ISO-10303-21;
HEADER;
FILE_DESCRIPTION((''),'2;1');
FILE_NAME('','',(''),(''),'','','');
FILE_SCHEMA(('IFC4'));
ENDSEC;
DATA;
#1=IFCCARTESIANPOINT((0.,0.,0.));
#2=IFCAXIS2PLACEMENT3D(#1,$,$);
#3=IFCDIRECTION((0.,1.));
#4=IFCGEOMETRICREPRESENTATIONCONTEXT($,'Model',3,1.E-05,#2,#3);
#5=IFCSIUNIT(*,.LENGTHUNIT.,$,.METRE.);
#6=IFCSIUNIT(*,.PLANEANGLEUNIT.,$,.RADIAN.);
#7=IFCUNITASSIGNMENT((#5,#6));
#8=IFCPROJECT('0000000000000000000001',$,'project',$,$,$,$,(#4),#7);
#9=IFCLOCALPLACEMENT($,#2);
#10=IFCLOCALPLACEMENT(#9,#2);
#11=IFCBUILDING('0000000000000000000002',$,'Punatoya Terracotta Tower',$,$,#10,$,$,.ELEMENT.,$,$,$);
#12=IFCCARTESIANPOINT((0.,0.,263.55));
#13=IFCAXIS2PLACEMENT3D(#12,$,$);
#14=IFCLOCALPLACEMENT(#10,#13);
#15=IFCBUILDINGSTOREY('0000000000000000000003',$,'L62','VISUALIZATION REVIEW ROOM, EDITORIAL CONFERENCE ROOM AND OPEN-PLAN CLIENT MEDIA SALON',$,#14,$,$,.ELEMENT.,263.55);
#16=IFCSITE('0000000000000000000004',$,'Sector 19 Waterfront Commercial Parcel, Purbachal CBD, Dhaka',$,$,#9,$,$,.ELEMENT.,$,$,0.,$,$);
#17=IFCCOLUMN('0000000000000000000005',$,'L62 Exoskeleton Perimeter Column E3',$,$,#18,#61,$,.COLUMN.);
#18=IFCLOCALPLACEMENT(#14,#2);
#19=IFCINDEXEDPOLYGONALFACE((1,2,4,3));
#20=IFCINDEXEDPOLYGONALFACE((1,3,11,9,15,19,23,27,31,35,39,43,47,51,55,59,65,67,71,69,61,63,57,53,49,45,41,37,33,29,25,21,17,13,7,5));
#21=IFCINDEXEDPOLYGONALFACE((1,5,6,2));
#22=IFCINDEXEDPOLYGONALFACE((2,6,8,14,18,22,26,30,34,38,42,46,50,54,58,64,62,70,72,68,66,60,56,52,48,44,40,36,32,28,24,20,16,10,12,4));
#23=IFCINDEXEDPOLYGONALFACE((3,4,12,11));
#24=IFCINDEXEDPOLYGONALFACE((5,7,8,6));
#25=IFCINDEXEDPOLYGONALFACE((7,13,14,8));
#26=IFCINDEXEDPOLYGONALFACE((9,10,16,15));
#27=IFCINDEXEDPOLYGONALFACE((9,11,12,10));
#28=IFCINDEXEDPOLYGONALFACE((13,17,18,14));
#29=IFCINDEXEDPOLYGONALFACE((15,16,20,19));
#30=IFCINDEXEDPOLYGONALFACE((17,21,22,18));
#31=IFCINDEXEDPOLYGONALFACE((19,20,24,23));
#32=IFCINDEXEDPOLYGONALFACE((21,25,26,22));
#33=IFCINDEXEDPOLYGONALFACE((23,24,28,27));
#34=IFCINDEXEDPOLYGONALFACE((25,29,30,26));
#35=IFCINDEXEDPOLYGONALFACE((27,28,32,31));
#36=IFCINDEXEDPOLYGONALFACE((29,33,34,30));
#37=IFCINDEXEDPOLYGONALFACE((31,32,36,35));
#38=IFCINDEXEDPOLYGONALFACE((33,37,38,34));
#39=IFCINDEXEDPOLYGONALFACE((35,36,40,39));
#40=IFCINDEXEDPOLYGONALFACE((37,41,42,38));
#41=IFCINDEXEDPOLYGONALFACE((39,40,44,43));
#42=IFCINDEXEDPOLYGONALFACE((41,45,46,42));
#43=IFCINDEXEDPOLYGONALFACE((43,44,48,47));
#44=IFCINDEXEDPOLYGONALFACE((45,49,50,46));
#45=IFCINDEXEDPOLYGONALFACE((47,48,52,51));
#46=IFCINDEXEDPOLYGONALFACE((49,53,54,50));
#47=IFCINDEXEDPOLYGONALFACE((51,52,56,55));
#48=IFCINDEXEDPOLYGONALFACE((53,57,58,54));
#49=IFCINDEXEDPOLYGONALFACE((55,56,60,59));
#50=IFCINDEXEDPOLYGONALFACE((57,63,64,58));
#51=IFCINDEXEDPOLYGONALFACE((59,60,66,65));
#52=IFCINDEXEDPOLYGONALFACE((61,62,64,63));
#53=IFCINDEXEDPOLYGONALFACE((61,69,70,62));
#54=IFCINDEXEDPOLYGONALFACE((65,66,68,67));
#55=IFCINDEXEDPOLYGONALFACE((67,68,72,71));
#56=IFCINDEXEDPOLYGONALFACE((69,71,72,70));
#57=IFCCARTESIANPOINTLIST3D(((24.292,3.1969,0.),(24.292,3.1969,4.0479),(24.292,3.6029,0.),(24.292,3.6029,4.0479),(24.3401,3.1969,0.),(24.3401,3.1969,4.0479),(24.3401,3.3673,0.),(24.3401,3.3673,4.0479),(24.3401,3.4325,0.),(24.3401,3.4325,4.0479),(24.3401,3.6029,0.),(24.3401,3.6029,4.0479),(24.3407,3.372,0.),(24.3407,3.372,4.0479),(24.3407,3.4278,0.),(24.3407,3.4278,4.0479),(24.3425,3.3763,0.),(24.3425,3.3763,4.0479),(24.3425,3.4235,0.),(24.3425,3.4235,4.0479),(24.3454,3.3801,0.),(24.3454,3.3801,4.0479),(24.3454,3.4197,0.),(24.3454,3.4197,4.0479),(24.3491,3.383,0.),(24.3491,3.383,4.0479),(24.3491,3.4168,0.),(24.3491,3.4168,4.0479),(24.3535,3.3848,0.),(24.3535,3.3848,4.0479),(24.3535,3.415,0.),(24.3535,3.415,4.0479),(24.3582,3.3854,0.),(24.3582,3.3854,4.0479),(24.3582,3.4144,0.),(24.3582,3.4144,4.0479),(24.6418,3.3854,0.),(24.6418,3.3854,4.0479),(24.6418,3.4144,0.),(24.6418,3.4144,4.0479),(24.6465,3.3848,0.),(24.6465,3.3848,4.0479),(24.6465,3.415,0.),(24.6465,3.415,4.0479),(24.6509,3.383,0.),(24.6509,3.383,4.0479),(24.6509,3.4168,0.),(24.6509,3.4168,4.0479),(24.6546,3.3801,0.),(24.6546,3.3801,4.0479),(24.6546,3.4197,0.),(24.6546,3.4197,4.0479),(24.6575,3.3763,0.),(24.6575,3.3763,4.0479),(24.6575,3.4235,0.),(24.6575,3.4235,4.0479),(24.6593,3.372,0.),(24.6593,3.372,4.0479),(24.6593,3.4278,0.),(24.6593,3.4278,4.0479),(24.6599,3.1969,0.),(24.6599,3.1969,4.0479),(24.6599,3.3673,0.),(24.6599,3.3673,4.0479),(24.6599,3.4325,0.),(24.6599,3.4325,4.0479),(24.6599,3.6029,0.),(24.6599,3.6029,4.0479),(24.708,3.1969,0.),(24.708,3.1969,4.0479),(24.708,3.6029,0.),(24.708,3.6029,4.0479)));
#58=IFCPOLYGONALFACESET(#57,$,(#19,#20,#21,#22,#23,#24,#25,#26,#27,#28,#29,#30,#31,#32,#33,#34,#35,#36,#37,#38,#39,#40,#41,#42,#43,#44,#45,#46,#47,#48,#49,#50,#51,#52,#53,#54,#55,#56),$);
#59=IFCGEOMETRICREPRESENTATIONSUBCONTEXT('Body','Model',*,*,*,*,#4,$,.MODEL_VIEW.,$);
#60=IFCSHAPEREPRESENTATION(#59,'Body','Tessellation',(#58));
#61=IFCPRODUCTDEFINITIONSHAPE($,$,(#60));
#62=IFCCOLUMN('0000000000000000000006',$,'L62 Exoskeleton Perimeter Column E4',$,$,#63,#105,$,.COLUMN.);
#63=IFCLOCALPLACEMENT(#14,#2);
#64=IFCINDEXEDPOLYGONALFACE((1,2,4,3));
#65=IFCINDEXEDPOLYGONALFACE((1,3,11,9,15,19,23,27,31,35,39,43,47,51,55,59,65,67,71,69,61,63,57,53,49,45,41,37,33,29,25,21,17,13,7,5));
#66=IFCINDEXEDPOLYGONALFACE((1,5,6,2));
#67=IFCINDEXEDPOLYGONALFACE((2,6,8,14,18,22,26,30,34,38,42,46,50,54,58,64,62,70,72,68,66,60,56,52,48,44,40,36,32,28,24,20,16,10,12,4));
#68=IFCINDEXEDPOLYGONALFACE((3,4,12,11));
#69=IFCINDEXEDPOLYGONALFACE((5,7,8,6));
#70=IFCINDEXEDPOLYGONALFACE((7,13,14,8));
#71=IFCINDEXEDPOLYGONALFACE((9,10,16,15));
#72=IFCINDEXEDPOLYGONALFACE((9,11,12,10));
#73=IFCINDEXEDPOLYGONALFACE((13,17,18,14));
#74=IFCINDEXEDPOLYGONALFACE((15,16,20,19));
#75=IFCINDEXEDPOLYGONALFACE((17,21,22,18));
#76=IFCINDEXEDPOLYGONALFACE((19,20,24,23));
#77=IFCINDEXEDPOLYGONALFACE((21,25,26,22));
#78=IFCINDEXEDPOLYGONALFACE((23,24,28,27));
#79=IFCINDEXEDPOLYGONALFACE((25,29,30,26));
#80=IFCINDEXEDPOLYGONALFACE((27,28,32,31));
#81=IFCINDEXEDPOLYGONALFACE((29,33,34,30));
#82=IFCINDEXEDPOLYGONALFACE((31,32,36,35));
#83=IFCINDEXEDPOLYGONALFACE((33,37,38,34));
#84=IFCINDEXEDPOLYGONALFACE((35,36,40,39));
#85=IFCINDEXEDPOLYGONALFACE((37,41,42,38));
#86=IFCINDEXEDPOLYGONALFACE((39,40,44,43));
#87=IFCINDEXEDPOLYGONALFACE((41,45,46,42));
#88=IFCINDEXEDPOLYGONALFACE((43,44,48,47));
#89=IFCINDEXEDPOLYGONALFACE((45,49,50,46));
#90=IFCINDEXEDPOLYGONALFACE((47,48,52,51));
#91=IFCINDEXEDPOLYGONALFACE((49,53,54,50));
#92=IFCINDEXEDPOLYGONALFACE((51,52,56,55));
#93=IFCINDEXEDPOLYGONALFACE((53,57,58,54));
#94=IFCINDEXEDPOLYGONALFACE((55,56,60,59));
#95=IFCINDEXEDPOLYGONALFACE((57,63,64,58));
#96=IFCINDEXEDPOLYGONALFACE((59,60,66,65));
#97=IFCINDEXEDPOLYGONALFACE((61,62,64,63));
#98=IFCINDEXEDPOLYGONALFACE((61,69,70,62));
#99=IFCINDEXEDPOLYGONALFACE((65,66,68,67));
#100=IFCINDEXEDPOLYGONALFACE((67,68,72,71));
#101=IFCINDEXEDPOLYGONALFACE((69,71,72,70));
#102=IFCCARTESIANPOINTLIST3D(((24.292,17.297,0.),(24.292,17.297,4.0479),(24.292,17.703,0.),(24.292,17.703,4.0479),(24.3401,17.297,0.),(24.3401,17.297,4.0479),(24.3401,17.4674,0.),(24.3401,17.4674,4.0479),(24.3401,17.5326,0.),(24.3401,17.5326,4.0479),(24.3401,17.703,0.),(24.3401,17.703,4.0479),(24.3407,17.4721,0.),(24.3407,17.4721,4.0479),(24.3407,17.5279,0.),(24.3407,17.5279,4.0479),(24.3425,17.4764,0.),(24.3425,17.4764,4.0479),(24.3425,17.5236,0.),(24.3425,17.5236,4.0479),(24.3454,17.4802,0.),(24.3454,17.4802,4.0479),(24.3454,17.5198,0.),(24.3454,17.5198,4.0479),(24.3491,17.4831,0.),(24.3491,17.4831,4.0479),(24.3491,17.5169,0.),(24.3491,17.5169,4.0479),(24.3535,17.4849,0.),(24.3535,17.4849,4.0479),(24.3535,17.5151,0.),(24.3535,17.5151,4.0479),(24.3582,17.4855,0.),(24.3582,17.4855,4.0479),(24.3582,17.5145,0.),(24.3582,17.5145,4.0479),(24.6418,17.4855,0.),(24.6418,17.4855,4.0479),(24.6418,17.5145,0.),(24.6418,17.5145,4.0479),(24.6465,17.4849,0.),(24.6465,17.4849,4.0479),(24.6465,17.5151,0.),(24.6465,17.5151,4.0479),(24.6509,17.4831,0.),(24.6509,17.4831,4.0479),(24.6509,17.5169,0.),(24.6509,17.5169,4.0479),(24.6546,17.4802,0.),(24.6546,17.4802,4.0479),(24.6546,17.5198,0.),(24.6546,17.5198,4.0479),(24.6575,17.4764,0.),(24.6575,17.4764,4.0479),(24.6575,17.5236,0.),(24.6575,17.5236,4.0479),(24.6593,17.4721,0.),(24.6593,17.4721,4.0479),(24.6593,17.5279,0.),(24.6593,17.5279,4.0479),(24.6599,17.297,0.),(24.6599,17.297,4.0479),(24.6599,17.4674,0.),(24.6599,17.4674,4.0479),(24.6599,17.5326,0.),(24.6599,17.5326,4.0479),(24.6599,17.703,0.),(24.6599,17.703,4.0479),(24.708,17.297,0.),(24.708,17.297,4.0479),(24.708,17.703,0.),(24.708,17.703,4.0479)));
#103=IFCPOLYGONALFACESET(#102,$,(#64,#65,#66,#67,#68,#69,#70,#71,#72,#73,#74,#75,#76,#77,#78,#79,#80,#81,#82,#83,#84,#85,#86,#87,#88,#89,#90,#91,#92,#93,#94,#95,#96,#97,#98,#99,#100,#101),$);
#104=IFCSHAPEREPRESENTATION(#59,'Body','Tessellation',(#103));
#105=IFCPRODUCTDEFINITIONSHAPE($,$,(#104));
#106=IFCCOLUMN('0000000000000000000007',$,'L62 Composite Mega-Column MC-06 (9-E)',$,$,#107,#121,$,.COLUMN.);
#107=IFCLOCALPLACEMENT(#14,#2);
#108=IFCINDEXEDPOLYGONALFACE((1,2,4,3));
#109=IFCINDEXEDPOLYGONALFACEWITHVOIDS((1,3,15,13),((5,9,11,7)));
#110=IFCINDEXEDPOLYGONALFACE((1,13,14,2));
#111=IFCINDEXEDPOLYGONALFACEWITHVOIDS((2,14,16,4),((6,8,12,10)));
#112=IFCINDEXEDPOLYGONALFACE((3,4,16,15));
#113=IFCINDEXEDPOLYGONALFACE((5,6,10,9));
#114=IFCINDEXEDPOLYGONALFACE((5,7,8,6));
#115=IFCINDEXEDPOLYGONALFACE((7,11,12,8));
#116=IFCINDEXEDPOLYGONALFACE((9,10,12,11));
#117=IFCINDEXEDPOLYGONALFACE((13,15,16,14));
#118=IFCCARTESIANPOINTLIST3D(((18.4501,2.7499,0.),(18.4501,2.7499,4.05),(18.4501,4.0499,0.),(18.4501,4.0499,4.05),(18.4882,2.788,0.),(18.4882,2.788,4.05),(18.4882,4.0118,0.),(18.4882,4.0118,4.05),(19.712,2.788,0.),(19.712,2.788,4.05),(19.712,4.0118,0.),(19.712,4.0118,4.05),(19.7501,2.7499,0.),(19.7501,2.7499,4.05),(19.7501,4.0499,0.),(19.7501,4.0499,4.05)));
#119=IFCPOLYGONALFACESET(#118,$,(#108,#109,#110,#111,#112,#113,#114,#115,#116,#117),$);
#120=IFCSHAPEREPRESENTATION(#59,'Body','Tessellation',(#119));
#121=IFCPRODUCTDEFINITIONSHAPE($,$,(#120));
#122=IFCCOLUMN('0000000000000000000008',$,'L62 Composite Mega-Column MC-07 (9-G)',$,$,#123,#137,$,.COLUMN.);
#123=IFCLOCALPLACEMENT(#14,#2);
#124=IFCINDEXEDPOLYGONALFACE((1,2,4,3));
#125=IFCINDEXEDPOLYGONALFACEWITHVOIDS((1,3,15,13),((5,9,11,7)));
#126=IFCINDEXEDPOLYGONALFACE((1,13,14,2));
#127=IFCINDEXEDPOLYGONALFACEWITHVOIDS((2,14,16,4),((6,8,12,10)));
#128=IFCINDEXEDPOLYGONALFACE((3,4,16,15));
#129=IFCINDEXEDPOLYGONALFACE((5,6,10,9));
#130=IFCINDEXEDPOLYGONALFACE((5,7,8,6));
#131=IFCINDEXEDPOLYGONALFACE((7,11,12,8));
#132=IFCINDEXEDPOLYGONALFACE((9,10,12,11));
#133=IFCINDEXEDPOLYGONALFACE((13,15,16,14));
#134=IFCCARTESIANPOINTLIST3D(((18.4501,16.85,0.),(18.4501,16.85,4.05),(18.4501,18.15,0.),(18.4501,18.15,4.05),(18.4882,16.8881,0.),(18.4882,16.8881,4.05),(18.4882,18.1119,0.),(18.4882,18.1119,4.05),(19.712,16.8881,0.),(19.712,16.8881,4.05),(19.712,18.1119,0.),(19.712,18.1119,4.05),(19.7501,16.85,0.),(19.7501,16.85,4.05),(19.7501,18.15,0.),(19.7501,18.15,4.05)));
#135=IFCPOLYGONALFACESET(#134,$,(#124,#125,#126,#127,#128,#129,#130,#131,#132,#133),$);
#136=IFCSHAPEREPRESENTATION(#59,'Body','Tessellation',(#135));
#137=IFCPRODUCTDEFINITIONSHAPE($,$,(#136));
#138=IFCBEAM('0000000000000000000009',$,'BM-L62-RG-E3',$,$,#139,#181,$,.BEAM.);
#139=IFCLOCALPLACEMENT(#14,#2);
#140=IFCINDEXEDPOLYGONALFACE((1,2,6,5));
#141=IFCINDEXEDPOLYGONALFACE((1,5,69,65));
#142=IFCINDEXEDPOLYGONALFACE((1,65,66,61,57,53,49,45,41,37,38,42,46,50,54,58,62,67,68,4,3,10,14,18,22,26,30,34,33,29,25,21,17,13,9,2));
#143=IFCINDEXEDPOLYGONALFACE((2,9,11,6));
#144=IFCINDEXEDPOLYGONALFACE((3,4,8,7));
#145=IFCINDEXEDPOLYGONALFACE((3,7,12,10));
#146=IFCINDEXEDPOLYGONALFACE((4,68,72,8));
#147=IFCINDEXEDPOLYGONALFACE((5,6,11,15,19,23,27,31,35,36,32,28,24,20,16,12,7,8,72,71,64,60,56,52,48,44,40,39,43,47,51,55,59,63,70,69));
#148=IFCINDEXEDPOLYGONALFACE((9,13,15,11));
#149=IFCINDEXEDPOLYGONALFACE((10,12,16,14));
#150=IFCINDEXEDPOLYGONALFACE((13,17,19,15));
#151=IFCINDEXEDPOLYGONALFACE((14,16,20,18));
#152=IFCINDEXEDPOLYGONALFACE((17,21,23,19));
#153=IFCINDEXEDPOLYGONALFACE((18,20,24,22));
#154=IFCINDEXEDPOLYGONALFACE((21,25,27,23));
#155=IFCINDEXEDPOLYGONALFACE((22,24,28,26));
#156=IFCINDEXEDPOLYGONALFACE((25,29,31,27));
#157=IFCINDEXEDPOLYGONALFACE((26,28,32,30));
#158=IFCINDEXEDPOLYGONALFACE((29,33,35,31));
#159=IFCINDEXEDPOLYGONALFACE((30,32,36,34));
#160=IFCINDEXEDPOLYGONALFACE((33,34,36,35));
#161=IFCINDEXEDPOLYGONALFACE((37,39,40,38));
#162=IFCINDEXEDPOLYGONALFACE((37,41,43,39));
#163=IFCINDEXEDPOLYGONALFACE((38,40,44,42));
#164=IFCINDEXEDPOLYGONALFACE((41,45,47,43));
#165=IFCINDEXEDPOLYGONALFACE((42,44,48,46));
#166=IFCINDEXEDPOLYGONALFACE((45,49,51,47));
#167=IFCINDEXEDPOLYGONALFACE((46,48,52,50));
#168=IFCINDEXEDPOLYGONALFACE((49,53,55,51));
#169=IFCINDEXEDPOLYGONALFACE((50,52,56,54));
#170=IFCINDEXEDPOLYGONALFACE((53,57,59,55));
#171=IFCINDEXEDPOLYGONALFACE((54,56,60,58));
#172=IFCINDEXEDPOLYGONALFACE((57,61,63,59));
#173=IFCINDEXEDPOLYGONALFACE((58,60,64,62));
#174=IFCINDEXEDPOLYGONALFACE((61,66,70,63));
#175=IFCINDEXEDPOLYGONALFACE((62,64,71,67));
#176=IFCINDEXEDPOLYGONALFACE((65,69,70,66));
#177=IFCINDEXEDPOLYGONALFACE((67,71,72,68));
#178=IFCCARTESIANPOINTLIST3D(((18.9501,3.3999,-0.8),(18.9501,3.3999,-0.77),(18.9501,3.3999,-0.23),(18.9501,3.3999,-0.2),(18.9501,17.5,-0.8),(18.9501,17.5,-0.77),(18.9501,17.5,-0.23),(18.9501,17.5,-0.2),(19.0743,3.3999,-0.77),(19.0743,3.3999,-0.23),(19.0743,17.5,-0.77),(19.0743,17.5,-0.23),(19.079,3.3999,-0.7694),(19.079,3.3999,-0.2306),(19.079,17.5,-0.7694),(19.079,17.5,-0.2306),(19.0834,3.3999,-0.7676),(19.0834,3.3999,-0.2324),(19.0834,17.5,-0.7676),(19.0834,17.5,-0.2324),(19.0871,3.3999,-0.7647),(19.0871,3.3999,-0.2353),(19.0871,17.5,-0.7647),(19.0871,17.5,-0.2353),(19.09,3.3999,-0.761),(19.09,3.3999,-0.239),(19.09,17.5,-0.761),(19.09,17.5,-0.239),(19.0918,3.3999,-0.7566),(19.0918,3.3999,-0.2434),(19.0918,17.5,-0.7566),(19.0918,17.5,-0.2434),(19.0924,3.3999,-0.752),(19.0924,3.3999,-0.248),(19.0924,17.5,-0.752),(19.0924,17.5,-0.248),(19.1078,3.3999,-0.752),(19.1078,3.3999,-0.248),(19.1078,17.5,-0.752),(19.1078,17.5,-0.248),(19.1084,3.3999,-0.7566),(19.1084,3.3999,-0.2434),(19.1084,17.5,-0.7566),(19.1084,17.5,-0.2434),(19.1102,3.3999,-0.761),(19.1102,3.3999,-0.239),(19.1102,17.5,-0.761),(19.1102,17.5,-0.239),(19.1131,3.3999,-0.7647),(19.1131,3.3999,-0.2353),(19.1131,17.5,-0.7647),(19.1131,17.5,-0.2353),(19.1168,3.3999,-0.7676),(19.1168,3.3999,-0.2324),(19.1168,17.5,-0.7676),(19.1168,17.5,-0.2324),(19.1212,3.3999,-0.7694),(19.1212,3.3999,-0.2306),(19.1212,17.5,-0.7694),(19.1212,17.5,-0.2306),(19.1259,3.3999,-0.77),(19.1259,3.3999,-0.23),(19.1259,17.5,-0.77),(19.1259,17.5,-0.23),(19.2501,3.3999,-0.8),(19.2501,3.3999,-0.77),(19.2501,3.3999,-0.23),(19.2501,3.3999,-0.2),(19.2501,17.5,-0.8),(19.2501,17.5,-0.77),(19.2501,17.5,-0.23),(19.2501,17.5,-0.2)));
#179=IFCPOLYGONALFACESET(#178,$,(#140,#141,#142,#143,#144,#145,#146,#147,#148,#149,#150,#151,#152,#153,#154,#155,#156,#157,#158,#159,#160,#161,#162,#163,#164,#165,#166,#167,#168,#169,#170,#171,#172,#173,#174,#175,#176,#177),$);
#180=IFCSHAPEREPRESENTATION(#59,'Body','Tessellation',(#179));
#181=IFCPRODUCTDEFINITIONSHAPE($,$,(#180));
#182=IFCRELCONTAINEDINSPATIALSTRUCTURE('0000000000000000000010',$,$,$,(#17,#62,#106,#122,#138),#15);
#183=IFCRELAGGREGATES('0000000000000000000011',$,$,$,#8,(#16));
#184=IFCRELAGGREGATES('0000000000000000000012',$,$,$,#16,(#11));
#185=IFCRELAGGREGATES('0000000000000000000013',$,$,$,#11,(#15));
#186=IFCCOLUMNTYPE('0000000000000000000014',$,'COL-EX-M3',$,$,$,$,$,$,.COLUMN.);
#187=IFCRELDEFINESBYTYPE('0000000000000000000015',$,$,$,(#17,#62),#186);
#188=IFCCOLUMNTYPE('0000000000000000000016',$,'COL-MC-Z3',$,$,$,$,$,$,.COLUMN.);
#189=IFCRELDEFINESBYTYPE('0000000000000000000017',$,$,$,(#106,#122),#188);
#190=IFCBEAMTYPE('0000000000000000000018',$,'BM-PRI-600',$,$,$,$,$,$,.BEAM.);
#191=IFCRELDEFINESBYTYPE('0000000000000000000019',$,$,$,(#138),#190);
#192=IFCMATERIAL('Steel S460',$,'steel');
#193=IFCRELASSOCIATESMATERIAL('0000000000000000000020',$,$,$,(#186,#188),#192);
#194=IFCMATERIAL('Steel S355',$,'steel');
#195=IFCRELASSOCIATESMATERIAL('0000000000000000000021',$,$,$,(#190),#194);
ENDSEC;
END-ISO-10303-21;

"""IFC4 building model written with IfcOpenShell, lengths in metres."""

from ifc_helpers import new_model, si_unit, direction, frame, origin, origin_2d, place, context, subcontext, project, spatial, hollow_rectangle, i_section, extrude, material, material_profile, profile_set, type_object, element, save


model = new_model("IFC4")

# Units and contexts
model_context = context("Model", 3, precision=1e-05, world=origin(), true_north=direction((0.0, 1.0)))
body_context = subcontext(model_context, "Body", "Model", "MODEL_VIEW")
ifc_project = project(units=[si_unit("LENGTHUNIT", "METRE"), si_unit("PLANEANGLEUNIT", "RADIAN")], contexts=[model_context])

# Site, building, storey
site_placement = place(None, origin())
site = spatial("IfcSite", under=ifc_project, at=site_placement, Name="Sector 19 Waterfront Commercial Parcel, Purbachal CBD, Dhaka", CompositionType="ELEMENT", RefElevation=0.0)
building_placement = place(site_placement, origin())
building = spatial("IfcBuilding", under=site, at=building_placement, Name="Punatoya Terracotta Tower", CompositionType="ELEMENT")
storey_placement = place(building_placement, frame((0.0, 0.0, 263.55)))
storey = spatial("IfcBuildingStorey", under=building, at=storey_placement, Name="L62", Description="VISUALIZATION REVIEW ROOM, EDITORIAL CONFERENCE ROOM AND OPEN-PLAN CLIENT MEDIA SALON", CompositionType="ELEMENT", Elevation=263.55)

# Columns
ifc_material_1 = material(Name="Steel S460", Category="steel")
ifc_material_profile_1 = material_profile(ifc_material_1, i_section(OverallWidth=0.406, OverallDepth=0.416, WebThickness=0.0291, FlangeThickness=0.0481, FilletRadius=0.0181, at=origin_2d()))
ifc_profile_set_1 = profile_set([ifc_material_profile_1], Name="Steel S460")
column_type_1 = type_object("IfcColumnType", Name="COL-EX-M3", PredefinedType="COLUMN", material=ifc_profile_set_1)
for number, where, z_axis, x_axis, name in (
    (1, (24.5, 3.3999, 0.0), (0.0, 0.0, 1.0), (0.0, 1.0, 0.0), "L62 Exoskeleton Perimeter Column E3"),
    (2, (24.5, 17.5, 0.0), (0.0, 0.0, 1.0), (0.0, 1.0, 0.0), "L62 Exoskeleton Perimeter Column E4"),
):
    element("IfcColumn", number, at=place(storey_placement, frame(where, z_axis=z_axis, x_axis=x_axis)), inside=storey, type_object=column_type_1, Name=name, PredefinedType="COLUMN", context=body_context, shape_type="SweptSolid", body=[
        extrude(i_section(OverallWidth=0.406, OverallDepth=0.416, WebThickness=0.0291, FlangeThickness=0.0481, FilletRadius=0.0181, at=origin_2d()), origin(), (0.0, 0.0, 1.0), 4.0479),
    ])
ifc_material_profile_2 = material_profile(ifc_material_1, hollow_rectangle(XDim=1.3, YDim=1.3, WallThickness=0.0381, at=origin_2d()))
ifc_profile_set_2 = profile_set([ifc_material_profile_2], Name="Steel S460")
column_type_2 = type_object("IfcColumnType", Name="COL-MC-Z3", PredefinedType="COLUMN", material=ifc_profile_set_2)
for number, where, z_axis, x_axis, name in (
    (3, (19.1001, 3.3999, 0.0), (0.0, 0.0, 1.0), (1.0, 0.0, 0.0), "L62 Composite Mega-Column MC-06 (9-E)"),
    (4, (19.1001, 17.5, 0.0), (0.0, 0.0, 1.0), (1.0, 0.0, 0.0), "L62 Composite Mega-Column MC-07 (9-G)"),
):
    element("IfcColumn", number, at=place(storey_placement, frame(where, z_axis=z_axis, x_axis=x_axis)), inside=storey, type_object=column_type_2, Name=name, PredefinedType="COLUMN", context=body_context, shape_type="SweptSolid", body=[
        extrude(hollow_rectangle(XDim=1.3, YDim=1.3, WallThickness=0.0381, at=origin_2d()), origin(), (0.0, 0.0, 1.0), 4.05),
    ])

# Beam
ifc_material_2 = material(Name="Steel S355", Category="steel")
ifc_material_profile_3 = material_profile(ifc_material_2, i_section(OverallWidth=0.3, OverallDepth=0.6001, WebThickness=0.0154, FlangeThickness=0.03, FilletRadius=0.0181, at=origin_2d()))
ifc_profile_set_3 = profile_set([ifc_material_profile_3], Name="Steel S355")
beam_type_1 = type_object("IfcBeamType", Name="BM-PRI-600", PredefinedType="BEAM", material=ifc_profile_set_3)
beam_1_placement = place(storey_placement, frame((19.1001, 3.3999, -0.5), z_axis=(0.0, 1.0, 0.0), x_axis=(-1.0, 0.0, 0.0)))
element("IfcBeam", 5, at=beam_1_placement, inside=storey, type_object=beam_type_1, Name="BM-L62-RG-E3", PredefinedType="BEAM", context=body_context, shape_type="SweptSolid", body=[
    extrude(i_section(OverallWidth=0.3, OverallDepth=0.6001, WebThickness=0.0154, FlangeThickness=0.03, FilletRadius=0.0181, at=origin_2d()), origin(), (0.0, 0.0, 1.0), 14.1001),
])

save(model, "model.ifc")
